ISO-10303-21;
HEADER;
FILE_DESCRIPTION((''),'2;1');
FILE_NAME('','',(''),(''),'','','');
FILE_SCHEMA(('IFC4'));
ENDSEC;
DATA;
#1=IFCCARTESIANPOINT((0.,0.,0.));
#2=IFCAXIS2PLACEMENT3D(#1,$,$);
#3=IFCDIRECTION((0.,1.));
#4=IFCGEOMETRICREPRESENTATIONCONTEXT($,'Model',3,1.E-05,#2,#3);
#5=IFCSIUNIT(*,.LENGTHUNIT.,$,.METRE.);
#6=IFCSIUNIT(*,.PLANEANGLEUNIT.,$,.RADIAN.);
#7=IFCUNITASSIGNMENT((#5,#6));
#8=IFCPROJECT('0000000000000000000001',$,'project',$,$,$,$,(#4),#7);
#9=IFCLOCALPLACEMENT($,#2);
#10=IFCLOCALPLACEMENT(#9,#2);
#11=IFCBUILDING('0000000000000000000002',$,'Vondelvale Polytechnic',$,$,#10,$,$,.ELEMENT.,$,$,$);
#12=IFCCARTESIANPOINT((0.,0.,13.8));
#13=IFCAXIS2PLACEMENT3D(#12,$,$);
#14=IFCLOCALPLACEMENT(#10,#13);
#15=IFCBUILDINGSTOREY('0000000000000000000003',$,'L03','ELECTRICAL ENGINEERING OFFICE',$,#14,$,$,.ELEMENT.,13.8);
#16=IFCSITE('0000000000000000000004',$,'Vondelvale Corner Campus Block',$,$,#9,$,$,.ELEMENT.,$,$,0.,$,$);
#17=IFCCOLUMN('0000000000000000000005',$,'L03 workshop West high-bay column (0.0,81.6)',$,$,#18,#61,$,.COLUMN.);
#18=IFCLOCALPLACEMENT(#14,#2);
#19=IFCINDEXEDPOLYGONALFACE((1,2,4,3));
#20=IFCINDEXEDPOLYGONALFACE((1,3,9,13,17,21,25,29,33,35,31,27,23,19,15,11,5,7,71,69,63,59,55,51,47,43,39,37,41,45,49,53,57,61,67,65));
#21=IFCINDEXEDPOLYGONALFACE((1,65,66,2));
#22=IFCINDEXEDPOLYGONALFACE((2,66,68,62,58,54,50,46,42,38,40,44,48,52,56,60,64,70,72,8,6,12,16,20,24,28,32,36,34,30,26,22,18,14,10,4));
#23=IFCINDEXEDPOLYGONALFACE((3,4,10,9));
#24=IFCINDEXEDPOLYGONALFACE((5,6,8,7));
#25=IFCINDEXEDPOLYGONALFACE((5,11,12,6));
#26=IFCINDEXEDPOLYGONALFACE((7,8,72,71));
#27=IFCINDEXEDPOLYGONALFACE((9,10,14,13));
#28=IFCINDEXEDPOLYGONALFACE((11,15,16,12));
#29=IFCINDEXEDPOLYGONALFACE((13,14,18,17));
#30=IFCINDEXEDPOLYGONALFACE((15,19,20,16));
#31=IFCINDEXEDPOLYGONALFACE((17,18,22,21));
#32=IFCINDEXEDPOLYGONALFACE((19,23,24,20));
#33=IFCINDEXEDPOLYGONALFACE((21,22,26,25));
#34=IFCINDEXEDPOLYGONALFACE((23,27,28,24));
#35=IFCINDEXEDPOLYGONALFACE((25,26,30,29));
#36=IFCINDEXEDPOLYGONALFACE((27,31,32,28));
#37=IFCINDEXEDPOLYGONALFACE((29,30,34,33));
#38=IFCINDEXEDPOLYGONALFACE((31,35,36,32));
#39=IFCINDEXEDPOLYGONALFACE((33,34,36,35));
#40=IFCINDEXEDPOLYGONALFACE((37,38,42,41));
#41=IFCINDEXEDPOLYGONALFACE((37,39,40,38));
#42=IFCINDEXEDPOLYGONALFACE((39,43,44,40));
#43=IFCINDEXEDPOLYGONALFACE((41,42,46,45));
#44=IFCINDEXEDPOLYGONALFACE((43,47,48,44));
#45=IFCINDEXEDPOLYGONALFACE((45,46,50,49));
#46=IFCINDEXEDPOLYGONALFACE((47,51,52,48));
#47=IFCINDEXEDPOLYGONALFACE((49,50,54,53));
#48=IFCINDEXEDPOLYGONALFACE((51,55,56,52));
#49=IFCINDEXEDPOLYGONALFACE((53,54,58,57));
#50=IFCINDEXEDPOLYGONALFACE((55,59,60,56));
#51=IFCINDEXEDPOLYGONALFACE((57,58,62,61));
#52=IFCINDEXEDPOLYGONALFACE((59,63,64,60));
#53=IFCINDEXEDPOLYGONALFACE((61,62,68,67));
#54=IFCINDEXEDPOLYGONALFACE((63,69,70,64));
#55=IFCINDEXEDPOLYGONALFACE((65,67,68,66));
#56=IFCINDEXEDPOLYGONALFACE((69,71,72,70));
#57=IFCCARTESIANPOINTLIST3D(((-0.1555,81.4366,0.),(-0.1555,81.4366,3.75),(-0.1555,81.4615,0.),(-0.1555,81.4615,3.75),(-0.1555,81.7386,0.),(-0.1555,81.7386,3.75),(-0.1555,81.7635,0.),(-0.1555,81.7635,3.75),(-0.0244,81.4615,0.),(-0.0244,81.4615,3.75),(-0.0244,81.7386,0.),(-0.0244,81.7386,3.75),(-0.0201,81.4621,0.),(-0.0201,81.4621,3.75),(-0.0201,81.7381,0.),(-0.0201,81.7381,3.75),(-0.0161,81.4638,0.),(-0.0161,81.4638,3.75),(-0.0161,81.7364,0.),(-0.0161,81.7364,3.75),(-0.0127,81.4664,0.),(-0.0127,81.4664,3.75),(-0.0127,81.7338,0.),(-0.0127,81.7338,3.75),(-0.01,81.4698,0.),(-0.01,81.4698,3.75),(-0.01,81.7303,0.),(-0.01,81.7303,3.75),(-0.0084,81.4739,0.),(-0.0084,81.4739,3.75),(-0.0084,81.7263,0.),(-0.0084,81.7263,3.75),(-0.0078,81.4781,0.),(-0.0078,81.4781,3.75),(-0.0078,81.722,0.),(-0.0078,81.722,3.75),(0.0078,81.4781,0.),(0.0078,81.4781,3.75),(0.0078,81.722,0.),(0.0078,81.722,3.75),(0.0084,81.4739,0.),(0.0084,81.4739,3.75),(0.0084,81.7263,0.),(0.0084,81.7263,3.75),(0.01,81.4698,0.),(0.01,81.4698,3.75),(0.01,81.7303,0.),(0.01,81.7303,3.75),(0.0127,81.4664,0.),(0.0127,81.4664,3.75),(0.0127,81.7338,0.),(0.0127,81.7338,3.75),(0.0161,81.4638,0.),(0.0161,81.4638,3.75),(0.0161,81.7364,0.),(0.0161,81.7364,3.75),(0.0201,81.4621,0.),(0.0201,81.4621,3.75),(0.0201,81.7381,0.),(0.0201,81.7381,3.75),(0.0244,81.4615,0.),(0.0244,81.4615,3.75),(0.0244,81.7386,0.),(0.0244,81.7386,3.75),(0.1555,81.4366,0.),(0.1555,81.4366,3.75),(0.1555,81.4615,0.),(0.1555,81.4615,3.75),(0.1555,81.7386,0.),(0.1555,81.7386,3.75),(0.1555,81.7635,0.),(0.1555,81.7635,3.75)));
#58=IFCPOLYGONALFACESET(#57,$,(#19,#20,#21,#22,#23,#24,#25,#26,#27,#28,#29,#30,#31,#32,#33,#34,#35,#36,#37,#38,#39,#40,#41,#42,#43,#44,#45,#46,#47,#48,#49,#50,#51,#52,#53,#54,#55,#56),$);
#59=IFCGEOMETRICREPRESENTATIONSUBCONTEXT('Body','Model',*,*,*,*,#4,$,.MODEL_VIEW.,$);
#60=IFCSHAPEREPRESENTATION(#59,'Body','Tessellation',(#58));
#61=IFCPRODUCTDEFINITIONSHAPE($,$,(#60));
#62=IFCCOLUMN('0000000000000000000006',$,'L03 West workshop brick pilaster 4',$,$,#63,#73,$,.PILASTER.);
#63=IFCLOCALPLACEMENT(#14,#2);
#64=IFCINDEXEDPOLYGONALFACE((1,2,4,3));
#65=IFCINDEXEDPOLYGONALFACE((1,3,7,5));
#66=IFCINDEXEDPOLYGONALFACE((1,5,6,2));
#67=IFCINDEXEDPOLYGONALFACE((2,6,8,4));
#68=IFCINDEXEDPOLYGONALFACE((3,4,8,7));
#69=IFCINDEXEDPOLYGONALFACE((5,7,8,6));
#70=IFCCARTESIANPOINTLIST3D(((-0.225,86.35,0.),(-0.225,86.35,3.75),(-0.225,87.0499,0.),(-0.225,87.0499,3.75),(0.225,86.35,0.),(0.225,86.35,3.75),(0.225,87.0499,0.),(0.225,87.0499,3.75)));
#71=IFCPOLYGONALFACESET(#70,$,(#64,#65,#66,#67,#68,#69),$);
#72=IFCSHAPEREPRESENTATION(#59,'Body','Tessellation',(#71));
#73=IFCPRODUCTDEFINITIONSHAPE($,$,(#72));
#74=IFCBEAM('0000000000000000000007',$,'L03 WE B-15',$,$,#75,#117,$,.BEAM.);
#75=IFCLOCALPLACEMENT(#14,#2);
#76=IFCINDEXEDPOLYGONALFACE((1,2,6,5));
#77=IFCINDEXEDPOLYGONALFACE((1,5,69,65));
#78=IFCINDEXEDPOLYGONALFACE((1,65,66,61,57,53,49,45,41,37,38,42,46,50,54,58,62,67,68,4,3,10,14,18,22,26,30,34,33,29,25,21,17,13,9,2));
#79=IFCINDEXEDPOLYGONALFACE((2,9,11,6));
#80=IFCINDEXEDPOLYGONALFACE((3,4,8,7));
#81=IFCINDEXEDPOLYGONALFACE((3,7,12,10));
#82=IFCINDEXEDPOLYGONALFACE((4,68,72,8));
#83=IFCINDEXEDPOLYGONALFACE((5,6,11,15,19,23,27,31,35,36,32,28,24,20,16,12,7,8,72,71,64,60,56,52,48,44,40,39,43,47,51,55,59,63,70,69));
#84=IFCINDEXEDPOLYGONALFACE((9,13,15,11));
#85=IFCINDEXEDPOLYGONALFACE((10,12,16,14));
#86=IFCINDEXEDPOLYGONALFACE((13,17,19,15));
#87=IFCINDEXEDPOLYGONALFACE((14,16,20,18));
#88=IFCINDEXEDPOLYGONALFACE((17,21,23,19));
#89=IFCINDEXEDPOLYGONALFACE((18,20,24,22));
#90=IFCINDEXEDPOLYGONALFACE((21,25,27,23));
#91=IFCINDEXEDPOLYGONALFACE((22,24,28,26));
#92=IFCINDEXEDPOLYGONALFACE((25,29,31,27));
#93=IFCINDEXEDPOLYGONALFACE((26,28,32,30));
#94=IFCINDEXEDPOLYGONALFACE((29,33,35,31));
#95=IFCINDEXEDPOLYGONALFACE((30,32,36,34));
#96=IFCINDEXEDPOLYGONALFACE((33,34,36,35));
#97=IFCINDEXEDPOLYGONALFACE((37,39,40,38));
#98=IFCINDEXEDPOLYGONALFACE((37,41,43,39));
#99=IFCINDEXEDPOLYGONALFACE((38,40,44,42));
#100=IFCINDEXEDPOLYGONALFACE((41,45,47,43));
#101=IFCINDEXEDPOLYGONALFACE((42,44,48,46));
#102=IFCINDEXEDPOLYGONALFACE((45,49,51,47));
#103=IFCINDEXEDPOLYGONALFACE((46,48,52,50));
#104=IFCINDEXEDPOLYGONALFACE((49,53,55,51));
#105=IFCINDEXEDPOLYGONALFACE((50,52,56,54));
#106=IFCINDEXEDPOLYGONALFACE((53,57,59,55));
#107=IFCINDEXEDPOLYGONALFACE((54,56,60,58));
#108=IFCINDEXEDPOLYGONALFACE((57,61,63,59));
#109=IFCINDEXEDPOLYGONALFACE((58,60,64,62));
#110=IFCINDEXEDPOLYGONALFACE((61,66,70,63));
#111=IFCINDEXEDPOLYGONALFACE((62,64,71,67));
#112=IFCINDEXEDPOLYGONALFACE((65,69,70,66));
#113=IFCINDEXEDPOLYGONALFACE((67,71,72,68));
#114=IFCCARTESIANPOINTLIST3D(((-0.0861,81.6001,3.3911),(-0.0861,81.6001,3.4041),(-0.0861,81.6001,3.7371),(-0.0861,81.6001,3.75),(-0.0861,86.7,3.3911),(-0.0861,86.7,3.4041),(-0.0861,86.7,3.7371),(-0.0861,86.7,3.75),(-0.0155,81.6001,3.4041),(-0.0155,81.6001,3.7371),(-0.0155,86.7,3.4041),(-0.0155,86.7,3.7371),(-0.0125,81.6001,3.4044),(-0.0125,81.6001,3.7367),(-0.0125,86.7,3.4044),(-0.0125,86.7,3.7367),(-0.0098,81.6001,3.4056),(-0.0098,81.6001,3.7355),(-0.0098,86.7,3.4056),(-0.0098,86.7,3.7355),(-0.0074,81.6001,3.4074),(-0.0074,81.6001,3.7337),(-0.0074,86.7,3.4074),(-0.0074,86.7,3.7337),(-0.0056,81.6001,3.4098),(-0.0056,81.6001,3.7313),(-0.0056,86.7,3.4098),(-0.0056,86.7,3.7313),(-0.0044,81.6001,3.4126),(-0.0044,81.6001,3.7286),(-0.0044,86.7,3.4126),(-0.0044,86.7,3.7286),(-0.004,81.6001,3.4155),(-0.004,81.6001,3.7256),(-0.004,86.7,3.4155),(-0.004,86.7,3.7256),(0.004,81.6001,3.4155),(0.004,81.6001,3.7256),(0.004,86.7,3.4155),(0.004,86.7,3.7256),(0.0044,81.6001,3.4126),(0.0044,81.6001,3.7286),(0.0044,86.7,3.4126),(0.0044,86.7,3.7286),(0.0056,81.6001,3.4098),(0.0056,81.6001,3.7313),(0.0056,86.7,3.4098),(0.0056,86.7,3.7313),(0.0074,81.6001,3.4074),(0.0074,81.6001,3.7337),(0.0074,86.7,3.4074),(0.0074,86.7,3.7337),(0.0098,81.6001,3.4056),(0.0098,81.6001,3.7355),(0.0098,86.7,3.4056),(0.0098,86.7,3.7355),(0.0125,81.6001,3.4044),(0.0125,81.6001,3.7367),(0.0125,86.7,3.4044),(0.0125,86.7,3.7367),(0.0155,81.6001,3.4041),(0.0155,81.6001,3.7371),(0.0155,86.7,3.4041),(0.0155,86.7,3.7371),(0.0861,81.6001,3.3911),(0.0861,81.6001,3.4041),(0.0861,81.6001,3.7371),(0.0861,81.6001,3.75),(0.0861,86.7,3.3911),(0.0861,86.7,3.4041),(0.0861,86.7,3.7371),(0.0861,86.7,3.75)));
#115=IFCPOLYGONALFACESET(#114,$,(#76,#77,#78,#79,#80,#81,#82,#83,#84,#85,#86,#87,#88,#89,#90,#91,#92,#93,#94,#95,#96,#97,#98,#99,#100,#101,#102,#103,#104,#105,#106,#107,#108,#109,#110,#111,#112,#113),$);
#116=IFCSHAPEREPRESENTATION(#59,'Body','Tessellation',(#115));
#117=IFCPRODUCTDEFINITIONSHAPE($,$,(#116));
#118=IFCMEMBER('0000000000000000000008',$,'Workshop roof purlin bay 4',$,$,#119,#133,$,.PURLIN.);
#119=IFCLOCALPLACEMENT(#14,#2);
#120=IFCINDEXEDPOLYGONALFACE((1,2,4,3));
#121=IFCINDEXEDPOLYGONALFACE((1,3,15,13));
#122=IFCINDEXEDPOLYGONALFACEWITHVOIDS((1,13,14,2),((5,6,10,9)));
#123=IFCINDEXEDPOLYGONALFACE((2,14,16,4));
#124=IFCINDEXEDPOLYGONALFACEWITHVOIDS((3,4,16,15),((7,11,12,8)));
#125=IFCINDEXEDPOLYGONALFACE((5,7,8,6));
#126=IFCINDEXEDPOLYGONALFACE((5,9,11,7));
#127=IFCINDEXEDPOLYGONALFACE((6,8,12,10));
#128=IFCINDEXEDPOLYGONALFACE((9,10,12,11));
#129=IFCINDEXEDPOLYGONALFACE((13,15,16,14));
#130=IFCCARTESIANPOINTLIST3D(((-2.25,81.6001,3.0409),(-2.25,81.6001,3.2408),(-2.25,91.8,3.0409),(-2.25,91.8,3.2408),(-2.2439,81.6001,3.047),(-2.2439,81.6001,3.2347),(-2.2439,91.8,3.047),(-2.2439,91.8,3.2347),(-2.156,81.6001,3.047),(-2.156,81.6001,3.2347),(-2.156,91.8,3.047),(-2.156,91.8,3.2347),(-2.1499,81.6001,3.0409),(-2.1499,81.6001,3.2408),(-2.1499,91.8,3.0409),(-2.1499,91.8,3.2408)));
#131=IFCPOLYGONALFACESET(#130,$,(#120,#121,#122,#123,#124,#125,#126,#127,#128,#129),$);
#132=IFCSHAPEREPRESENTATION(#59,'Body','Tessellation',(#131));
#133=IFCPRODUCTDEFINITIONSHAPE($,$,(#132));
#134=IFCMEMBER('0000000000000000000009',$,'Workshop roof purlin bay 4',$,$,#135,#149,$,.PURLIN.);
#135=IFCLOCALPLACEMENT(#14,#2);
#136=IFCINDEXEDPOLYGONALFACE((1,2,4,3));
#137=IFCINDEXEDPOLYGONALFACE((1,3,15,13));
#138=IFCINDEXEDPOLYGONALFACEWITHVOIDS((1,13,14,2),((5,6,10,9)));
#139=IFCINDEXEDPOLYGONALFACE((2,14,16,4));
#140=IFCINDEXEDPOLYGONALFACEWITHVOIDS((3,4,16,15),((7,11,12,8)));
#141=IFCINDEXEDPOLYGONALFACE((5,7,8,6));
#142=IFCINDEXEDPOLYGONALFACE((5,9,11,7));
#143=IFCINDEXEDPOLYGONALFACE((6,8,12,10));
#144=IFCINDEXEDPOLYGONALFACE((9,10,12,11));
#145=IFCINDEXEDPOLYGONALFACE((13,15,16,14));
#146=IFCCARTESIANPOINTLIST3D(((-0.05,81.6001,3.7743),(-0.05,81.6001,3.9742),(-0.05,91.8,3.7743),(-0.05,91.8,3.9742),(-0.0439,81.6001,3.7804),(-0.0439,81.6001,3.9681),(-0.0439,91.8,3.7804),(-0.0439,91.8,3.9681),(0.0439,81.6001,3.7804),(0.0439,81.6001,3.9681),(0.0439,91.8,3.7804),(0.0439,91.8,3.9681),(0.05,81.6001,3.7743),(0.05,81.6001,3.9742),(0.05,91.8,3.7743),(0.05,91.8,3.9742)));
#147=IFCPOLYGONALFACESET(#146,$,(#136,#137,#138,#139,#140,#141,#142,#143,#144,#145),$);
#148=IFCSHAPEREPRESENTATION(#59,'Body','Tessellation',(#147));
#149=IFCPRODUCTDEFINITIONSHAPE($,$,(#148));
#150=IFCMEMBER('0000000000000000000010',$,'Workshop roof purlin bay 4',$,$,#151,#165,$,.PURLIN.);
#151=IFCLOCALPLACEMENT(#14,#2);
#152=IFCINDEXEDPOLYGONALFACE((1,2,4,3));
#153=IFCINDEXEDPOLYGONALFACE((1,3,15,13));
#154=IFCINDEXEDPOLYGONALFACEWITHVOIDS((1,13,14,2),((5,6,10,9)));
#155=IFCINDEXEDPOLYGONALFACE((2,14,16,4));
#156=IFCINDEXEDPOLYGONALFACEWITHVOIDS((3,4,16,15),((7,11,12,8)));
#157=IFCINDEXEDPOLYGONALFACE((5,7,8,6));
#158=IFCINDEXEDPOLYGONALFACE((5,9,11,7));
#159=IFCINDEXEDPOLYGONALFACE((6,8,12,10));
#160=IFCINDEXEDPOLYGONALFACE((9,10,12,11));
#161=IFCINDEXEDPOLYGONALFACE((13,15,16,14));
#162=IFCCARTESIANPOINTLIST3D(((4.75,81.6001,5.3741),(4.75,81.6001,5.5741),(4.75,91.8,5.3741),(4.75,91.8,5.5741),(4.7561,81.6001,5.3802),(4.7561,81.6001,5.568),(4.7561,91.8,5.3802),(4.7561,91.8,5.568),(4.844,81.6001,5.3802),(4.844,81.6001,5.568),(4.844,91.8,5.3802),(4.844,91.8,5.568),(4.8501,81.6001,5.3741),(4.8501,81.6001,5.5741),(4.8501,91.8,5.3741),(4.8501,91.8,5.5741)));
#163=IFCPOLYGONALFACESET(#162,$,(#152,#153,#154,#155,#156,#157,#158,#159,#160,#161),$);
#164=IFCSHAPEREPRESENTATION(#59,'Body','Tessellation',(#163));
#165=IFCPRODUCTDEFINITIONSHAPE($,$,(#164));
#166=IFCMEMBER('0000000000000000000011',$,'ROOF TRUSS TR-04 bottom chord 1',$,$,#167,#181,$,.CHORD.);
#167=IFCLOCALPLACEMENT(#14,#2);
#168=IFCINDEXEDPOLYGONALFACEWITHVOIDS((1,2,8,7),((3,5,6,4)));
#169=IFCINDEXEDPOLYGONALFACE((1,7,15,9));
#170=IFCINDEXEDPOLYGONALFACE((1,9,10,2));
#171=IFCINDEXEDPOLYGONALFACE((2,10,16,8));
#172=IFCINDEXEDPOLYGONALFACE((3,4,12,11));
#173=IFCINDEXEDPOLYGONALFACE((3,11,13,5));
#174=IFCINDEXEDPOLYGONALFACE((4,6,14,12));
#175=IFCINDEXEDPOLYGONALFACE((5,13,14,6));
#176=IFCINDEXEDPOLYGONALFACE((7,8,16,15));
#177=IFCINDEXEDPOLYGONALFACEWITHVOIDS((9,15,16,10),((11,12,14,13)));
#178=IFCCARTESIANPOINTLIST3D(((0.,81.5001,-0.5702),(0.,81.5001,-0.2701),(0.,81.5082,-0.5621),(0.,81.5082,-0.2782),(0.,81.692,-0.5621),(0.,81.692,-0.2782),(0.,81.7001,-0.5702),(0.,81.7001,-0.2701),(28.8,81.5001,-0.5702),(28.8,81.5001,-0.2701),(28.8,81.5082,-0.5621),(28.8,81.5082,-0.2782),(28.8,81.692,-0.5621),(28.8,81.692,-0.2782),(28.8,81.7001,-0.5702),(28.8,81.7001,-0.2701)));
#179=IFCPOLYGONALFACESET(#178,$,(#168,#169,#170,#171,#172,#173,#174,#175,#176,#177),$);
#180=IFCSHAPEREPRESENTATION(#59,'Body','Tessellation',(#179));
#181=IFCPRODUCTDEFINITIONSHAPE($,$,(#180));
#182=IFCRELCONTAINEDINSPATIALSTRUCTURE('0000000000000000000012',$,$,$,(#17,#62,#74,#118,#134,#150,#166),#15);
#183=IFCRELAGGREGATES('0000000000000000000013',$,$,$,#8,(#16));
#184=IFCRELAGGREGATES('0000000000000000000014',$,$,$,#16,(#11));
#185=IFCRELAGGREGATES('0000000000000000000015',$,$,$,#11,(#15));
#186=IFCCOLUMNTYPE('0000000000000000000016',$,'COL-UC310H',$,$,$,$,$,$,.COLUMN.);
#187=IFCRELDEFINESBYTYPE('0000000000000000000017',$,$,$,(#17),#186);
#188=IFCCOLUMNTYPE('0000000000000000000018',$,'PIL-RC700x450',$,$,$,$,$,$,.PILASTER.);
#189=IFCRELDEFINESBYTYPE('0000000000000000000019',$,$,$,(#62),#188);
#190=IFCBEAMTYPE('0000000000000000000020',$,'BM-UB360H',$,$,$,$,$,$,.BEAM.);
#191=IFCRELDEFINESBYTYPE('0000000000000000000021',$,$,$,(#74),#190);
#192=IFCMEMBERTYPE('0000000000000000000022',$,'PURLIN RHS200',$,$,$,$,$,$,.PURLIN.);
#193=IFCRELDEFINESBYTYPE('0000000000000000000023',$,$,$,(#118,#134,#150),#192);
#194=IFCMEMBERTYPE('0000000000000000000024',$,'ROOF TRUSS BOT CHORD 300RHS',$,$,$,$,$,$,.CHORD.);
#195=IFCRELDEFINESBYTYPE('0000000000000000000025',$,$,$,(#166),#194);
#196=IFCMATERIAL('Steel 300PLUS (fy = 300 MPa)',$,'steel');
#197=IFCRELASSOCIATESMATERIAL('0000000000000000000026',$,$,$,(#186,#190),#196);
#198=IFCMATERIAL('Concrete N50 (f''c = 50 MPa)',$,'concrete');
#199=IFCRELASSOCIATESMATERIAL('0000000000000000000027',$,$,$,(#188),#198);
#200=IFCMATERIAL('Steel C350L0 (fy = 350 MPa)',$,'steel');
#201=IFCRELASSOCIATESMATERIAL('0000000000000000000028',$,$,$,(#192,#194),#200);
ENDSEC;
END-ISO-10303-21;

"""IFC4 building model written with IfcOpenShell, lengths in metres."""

from ifc_helpers import new_model, si_unit, direction, frame, origin, origin_2d, place, context, subcontext, project, spatial, rectangle, hollow_rectangle, i_section, extrude, material, material_profile, profile_set, type_object, element, save


model = new_model("IFC4")

# Units and contexts
model_context = context("Model", 3, precision=1e-05, world=origin(), true_north=direction((0.0, 1.0)))
body_context = subcontext(model_context, "Body", "Model", "MODEL_VIEW")
ifc_project = project(units=[si_unit("LENGTHUNIT", "METRE"), si_unit("PLANEANGLEUNIT", "RADIAN")], contexts=[model_context])

# Site, building, storey
site_placement = place(None, origin())
site = spatial("IfcSite", under=ifc_project, at=site_placement, Name="Vondelvale Corner Campus Block", CompositionType="ELEMENT", RefElevation=0.0)
building_placement = place(site_placement, origin())
building = spatial("IfcBuilding", under=site, at=building_placement, Name="Vondelvale Polytechnic", CompositionType="ELEMENT")
storey_placement = place(building_placement, frame((0.0, 0.0, 13.8)))
storey = spatial("IfcBuildingStorey", under=building, at=storey_placement, Name="L03", Description="ELECTRICAL ENGINEERING OFFICE", CompositionType="ELEMENT", Elevation=13.8)

# Columns
ifc_material_1 = material(Name="Steel 300PLUS (fy = 300 MPa)", Category="steel")
ifc_material_profile_1 = material_profile(ifc_material_1, i_section(OverallWidth=0.311, OverallDepth=0.3269, WebThickness=0.0156, FlangeThickness=0.0249, FilletRadius=0.0166, at=origin_2d()), Name="310UC158")
ifc_profile_set_1 = profile_set([ifc_material_profile_1], Name="Steel 300PLUS (fy = 300 MPa)")
column_type_1 = type_object("IfcColumnType", Name="COL-UC310H", PredefinedType="COLUMN", material=ifc_profile_set_1)
column_1_placement = place(storey_placement, frame((0.0, 81.6001, 0.0), z_axis=(0.0, 0.0, 1.0), x_axis=(1.0, 0.0, 0.0)))
element("IfcColumn", 1, at=column_1_placement, inside=storey, type_object=column_type_1, Name="L03 workshop West high-bay column (0.0,81.6)", PredefinedType="COLUMN", context=body_context, shape_type="SweptSolid", body=[
    extrude(i_section(OverallWidth=0.311, OverallDepth=0.3269, WebThickness=0.0156, FlangeThickness=0.0249, FilletRadius=0.0166, at=origin_2d()), origin(), (0.0, 0.0, 1.0), 3.75),
])
ifc_material_2 = material(Name="Concrete N50 (f'c = 50 MPa)", Category="concrete")
ifc_material_profile_2 = material_profile(ifc_material_2, rectangle(XDim=0.45, YDim=0.7, at=origin_2d()), Name="RC-PIL-700x450")
ifc_profile_set_2 = profile_set([ifc_material_profile_2], Name="Concrete N50 (f'c = 50 MPa)")
column_type_2 = type_object("IfcColumnType", Name="PIL-RC700x450", PredefinedType="PILASTER", material=ifc_profile_set_2)
column_2_placement = place(storey_placement, frame((0.0, 86.7, 0.0), z_axis=(0.0, 0.0, 1.0), x_axis=(1.0, 0.0, 0.0)))
element("IfcColumn", 2, at=column_2_placement, inside=storey, type_object=column_type_2, Name="L03 West workshop brick pilaster 4", PredefinedType="PILASTER", context=body_context, shape_type="SweptSolid", body=[
    extrude(rectangle(XDim=0.45, YDim=0.7, at=origin_2d()), origin(), (0.0, 0.0, 1.0), 3.75),
])

# Beam
ifc_material_profile_3 = material_profile(ifc_material_1, i_section(OverallWidth=0.1721, OverallDepth=0.3589, WebThickness=0.0081, FlangeThickness=0.0129, FilletRadius=0.0115, at=origin_2d()), Name="360UB56.7")
ifc_profile_set_3 = profile_set([ifc_material_profile_3], Name="Steel 300PLUS (fy = 300 MPa)")
beam_type = type_object("IfcBeamType", Name="BM-UB360H", PredefinedType="BEAM", material=ifc_profile_set_3)
beam_placement = place(storey_placement, frame((0.0, 81.6001, 3.5706), z_axis=(0.0, 1.0, 0.0), x_axis=(-1.0, 0.0, 0.0)))
element("IfcBeam", 3, at=beam_placement, inside=storey, type_object=beam_type, Name="L03 WE B-15", PredefinedType="BEAM", context=body_context, shape_type="SweptSolid", body=[
    extrude(i_section(OverallWidth=0.1721, OverallDepth=0.3589, WebThickness=0.0081, FlangeThickness=0.0129, FilletRadius=0.0115, at=origin_2d()), origin(), (0.0, 0.0, 1.0), 5.0999),
])

# Members
ifc_material_3 = material(Name="Steel C350L0 (fy = 350 MPa)", Category="steel")
ifc_material_profile_4 = material_profile(ifc_material_3, hollow_rectangle(XDim=0.1001, YDim=0.2, WallThickness=0.0061, at=origin_2d()), Name="200x100x6.0RHS")
ifc_profile_set_4 = profile_set([ifc_material_profile_4], Name="Steel C350L0 (fy = 350 MPa)")
member_type_1 = type_object("IfcMemberType", Name="PURLIN RHS200", PredefinedType="PURLIN", material=ifc_profile_set_4)
for number, where, z_axis, x_axis, name in (
    (4, (-2.2, 81.6001, 3.1409), (0.0, 1.0, 0.0), (-1.0, 0.0, 0.0), "Workshop roof purlin bay 4"),
    (5, (0.0, 81.6001, 3.8743), (0.0, 1.0, 0.0), (-1.0, 0.0, 0.0), "Workshop roof purlin bay 4"),
    (6, (4.8, 81.6001, 5.4741), (0.0, 1.0, 0.0), (-1.0, 0.0, 0.0), "Workshop roof purlin bay 4"),
):
    element("IfcMember", number, at=place(storey_placement, frame(where, z_axis=z_axis, x_axis=x_axis)), inside=storey, type_object=member_type_1, Name=name, PredefinedType="PURLIN", context=body_context, shape_type="SweptSolid", body=[
        extrude(hollow_rectangle(XDim=0.1001, YDim=0.2, WallThickness=0.0061, at=origin_2d()), origin(), (0.0, 0.0, 1.0), 10.2),
    ])
ifc_material_profile_5 = material_profile(ifc_material_3, hollow_rectangle(XDim=0.2, YDim=0.3, WallThickness=0.0081, at=origin_2d()), Name="300x200x8.0RHS")
ifc_profile_set_5 = profile_set([ifc_material_profile_5], Name="Steel C350L0 (fy = 350 MPa)")
member_type_2 = type_object("IfcMemberType", Name="ROOF TRUSS BOT CHORD 300RHS", PredefinedType="CHORD", material=ifc_profile_set_5)
member_1_placement = place(storey_placement, frame((0.0, 81.6001, -0.4202), z_axis=(1.0, 0.0, 0.0), x_axis=(0.0, 1.0, 0.0)))
element("IfcMember", 7, at=member_1_placement, inside=storey, type_object=member_type_2, Name="ROOF TRUSS TR-04 bottom chord 1", PredefinedType="CHORD", context=body_context, shape_type="SweptSolid", body=[
    extrude(hollow_rectangle(XDim=0.2, YDim=0.3, WallThickness=0.0081, at=origin_2d()), origin(), (0.0, 0.0, 1.0), 28.8),
])

save(model, "model.ifc")
